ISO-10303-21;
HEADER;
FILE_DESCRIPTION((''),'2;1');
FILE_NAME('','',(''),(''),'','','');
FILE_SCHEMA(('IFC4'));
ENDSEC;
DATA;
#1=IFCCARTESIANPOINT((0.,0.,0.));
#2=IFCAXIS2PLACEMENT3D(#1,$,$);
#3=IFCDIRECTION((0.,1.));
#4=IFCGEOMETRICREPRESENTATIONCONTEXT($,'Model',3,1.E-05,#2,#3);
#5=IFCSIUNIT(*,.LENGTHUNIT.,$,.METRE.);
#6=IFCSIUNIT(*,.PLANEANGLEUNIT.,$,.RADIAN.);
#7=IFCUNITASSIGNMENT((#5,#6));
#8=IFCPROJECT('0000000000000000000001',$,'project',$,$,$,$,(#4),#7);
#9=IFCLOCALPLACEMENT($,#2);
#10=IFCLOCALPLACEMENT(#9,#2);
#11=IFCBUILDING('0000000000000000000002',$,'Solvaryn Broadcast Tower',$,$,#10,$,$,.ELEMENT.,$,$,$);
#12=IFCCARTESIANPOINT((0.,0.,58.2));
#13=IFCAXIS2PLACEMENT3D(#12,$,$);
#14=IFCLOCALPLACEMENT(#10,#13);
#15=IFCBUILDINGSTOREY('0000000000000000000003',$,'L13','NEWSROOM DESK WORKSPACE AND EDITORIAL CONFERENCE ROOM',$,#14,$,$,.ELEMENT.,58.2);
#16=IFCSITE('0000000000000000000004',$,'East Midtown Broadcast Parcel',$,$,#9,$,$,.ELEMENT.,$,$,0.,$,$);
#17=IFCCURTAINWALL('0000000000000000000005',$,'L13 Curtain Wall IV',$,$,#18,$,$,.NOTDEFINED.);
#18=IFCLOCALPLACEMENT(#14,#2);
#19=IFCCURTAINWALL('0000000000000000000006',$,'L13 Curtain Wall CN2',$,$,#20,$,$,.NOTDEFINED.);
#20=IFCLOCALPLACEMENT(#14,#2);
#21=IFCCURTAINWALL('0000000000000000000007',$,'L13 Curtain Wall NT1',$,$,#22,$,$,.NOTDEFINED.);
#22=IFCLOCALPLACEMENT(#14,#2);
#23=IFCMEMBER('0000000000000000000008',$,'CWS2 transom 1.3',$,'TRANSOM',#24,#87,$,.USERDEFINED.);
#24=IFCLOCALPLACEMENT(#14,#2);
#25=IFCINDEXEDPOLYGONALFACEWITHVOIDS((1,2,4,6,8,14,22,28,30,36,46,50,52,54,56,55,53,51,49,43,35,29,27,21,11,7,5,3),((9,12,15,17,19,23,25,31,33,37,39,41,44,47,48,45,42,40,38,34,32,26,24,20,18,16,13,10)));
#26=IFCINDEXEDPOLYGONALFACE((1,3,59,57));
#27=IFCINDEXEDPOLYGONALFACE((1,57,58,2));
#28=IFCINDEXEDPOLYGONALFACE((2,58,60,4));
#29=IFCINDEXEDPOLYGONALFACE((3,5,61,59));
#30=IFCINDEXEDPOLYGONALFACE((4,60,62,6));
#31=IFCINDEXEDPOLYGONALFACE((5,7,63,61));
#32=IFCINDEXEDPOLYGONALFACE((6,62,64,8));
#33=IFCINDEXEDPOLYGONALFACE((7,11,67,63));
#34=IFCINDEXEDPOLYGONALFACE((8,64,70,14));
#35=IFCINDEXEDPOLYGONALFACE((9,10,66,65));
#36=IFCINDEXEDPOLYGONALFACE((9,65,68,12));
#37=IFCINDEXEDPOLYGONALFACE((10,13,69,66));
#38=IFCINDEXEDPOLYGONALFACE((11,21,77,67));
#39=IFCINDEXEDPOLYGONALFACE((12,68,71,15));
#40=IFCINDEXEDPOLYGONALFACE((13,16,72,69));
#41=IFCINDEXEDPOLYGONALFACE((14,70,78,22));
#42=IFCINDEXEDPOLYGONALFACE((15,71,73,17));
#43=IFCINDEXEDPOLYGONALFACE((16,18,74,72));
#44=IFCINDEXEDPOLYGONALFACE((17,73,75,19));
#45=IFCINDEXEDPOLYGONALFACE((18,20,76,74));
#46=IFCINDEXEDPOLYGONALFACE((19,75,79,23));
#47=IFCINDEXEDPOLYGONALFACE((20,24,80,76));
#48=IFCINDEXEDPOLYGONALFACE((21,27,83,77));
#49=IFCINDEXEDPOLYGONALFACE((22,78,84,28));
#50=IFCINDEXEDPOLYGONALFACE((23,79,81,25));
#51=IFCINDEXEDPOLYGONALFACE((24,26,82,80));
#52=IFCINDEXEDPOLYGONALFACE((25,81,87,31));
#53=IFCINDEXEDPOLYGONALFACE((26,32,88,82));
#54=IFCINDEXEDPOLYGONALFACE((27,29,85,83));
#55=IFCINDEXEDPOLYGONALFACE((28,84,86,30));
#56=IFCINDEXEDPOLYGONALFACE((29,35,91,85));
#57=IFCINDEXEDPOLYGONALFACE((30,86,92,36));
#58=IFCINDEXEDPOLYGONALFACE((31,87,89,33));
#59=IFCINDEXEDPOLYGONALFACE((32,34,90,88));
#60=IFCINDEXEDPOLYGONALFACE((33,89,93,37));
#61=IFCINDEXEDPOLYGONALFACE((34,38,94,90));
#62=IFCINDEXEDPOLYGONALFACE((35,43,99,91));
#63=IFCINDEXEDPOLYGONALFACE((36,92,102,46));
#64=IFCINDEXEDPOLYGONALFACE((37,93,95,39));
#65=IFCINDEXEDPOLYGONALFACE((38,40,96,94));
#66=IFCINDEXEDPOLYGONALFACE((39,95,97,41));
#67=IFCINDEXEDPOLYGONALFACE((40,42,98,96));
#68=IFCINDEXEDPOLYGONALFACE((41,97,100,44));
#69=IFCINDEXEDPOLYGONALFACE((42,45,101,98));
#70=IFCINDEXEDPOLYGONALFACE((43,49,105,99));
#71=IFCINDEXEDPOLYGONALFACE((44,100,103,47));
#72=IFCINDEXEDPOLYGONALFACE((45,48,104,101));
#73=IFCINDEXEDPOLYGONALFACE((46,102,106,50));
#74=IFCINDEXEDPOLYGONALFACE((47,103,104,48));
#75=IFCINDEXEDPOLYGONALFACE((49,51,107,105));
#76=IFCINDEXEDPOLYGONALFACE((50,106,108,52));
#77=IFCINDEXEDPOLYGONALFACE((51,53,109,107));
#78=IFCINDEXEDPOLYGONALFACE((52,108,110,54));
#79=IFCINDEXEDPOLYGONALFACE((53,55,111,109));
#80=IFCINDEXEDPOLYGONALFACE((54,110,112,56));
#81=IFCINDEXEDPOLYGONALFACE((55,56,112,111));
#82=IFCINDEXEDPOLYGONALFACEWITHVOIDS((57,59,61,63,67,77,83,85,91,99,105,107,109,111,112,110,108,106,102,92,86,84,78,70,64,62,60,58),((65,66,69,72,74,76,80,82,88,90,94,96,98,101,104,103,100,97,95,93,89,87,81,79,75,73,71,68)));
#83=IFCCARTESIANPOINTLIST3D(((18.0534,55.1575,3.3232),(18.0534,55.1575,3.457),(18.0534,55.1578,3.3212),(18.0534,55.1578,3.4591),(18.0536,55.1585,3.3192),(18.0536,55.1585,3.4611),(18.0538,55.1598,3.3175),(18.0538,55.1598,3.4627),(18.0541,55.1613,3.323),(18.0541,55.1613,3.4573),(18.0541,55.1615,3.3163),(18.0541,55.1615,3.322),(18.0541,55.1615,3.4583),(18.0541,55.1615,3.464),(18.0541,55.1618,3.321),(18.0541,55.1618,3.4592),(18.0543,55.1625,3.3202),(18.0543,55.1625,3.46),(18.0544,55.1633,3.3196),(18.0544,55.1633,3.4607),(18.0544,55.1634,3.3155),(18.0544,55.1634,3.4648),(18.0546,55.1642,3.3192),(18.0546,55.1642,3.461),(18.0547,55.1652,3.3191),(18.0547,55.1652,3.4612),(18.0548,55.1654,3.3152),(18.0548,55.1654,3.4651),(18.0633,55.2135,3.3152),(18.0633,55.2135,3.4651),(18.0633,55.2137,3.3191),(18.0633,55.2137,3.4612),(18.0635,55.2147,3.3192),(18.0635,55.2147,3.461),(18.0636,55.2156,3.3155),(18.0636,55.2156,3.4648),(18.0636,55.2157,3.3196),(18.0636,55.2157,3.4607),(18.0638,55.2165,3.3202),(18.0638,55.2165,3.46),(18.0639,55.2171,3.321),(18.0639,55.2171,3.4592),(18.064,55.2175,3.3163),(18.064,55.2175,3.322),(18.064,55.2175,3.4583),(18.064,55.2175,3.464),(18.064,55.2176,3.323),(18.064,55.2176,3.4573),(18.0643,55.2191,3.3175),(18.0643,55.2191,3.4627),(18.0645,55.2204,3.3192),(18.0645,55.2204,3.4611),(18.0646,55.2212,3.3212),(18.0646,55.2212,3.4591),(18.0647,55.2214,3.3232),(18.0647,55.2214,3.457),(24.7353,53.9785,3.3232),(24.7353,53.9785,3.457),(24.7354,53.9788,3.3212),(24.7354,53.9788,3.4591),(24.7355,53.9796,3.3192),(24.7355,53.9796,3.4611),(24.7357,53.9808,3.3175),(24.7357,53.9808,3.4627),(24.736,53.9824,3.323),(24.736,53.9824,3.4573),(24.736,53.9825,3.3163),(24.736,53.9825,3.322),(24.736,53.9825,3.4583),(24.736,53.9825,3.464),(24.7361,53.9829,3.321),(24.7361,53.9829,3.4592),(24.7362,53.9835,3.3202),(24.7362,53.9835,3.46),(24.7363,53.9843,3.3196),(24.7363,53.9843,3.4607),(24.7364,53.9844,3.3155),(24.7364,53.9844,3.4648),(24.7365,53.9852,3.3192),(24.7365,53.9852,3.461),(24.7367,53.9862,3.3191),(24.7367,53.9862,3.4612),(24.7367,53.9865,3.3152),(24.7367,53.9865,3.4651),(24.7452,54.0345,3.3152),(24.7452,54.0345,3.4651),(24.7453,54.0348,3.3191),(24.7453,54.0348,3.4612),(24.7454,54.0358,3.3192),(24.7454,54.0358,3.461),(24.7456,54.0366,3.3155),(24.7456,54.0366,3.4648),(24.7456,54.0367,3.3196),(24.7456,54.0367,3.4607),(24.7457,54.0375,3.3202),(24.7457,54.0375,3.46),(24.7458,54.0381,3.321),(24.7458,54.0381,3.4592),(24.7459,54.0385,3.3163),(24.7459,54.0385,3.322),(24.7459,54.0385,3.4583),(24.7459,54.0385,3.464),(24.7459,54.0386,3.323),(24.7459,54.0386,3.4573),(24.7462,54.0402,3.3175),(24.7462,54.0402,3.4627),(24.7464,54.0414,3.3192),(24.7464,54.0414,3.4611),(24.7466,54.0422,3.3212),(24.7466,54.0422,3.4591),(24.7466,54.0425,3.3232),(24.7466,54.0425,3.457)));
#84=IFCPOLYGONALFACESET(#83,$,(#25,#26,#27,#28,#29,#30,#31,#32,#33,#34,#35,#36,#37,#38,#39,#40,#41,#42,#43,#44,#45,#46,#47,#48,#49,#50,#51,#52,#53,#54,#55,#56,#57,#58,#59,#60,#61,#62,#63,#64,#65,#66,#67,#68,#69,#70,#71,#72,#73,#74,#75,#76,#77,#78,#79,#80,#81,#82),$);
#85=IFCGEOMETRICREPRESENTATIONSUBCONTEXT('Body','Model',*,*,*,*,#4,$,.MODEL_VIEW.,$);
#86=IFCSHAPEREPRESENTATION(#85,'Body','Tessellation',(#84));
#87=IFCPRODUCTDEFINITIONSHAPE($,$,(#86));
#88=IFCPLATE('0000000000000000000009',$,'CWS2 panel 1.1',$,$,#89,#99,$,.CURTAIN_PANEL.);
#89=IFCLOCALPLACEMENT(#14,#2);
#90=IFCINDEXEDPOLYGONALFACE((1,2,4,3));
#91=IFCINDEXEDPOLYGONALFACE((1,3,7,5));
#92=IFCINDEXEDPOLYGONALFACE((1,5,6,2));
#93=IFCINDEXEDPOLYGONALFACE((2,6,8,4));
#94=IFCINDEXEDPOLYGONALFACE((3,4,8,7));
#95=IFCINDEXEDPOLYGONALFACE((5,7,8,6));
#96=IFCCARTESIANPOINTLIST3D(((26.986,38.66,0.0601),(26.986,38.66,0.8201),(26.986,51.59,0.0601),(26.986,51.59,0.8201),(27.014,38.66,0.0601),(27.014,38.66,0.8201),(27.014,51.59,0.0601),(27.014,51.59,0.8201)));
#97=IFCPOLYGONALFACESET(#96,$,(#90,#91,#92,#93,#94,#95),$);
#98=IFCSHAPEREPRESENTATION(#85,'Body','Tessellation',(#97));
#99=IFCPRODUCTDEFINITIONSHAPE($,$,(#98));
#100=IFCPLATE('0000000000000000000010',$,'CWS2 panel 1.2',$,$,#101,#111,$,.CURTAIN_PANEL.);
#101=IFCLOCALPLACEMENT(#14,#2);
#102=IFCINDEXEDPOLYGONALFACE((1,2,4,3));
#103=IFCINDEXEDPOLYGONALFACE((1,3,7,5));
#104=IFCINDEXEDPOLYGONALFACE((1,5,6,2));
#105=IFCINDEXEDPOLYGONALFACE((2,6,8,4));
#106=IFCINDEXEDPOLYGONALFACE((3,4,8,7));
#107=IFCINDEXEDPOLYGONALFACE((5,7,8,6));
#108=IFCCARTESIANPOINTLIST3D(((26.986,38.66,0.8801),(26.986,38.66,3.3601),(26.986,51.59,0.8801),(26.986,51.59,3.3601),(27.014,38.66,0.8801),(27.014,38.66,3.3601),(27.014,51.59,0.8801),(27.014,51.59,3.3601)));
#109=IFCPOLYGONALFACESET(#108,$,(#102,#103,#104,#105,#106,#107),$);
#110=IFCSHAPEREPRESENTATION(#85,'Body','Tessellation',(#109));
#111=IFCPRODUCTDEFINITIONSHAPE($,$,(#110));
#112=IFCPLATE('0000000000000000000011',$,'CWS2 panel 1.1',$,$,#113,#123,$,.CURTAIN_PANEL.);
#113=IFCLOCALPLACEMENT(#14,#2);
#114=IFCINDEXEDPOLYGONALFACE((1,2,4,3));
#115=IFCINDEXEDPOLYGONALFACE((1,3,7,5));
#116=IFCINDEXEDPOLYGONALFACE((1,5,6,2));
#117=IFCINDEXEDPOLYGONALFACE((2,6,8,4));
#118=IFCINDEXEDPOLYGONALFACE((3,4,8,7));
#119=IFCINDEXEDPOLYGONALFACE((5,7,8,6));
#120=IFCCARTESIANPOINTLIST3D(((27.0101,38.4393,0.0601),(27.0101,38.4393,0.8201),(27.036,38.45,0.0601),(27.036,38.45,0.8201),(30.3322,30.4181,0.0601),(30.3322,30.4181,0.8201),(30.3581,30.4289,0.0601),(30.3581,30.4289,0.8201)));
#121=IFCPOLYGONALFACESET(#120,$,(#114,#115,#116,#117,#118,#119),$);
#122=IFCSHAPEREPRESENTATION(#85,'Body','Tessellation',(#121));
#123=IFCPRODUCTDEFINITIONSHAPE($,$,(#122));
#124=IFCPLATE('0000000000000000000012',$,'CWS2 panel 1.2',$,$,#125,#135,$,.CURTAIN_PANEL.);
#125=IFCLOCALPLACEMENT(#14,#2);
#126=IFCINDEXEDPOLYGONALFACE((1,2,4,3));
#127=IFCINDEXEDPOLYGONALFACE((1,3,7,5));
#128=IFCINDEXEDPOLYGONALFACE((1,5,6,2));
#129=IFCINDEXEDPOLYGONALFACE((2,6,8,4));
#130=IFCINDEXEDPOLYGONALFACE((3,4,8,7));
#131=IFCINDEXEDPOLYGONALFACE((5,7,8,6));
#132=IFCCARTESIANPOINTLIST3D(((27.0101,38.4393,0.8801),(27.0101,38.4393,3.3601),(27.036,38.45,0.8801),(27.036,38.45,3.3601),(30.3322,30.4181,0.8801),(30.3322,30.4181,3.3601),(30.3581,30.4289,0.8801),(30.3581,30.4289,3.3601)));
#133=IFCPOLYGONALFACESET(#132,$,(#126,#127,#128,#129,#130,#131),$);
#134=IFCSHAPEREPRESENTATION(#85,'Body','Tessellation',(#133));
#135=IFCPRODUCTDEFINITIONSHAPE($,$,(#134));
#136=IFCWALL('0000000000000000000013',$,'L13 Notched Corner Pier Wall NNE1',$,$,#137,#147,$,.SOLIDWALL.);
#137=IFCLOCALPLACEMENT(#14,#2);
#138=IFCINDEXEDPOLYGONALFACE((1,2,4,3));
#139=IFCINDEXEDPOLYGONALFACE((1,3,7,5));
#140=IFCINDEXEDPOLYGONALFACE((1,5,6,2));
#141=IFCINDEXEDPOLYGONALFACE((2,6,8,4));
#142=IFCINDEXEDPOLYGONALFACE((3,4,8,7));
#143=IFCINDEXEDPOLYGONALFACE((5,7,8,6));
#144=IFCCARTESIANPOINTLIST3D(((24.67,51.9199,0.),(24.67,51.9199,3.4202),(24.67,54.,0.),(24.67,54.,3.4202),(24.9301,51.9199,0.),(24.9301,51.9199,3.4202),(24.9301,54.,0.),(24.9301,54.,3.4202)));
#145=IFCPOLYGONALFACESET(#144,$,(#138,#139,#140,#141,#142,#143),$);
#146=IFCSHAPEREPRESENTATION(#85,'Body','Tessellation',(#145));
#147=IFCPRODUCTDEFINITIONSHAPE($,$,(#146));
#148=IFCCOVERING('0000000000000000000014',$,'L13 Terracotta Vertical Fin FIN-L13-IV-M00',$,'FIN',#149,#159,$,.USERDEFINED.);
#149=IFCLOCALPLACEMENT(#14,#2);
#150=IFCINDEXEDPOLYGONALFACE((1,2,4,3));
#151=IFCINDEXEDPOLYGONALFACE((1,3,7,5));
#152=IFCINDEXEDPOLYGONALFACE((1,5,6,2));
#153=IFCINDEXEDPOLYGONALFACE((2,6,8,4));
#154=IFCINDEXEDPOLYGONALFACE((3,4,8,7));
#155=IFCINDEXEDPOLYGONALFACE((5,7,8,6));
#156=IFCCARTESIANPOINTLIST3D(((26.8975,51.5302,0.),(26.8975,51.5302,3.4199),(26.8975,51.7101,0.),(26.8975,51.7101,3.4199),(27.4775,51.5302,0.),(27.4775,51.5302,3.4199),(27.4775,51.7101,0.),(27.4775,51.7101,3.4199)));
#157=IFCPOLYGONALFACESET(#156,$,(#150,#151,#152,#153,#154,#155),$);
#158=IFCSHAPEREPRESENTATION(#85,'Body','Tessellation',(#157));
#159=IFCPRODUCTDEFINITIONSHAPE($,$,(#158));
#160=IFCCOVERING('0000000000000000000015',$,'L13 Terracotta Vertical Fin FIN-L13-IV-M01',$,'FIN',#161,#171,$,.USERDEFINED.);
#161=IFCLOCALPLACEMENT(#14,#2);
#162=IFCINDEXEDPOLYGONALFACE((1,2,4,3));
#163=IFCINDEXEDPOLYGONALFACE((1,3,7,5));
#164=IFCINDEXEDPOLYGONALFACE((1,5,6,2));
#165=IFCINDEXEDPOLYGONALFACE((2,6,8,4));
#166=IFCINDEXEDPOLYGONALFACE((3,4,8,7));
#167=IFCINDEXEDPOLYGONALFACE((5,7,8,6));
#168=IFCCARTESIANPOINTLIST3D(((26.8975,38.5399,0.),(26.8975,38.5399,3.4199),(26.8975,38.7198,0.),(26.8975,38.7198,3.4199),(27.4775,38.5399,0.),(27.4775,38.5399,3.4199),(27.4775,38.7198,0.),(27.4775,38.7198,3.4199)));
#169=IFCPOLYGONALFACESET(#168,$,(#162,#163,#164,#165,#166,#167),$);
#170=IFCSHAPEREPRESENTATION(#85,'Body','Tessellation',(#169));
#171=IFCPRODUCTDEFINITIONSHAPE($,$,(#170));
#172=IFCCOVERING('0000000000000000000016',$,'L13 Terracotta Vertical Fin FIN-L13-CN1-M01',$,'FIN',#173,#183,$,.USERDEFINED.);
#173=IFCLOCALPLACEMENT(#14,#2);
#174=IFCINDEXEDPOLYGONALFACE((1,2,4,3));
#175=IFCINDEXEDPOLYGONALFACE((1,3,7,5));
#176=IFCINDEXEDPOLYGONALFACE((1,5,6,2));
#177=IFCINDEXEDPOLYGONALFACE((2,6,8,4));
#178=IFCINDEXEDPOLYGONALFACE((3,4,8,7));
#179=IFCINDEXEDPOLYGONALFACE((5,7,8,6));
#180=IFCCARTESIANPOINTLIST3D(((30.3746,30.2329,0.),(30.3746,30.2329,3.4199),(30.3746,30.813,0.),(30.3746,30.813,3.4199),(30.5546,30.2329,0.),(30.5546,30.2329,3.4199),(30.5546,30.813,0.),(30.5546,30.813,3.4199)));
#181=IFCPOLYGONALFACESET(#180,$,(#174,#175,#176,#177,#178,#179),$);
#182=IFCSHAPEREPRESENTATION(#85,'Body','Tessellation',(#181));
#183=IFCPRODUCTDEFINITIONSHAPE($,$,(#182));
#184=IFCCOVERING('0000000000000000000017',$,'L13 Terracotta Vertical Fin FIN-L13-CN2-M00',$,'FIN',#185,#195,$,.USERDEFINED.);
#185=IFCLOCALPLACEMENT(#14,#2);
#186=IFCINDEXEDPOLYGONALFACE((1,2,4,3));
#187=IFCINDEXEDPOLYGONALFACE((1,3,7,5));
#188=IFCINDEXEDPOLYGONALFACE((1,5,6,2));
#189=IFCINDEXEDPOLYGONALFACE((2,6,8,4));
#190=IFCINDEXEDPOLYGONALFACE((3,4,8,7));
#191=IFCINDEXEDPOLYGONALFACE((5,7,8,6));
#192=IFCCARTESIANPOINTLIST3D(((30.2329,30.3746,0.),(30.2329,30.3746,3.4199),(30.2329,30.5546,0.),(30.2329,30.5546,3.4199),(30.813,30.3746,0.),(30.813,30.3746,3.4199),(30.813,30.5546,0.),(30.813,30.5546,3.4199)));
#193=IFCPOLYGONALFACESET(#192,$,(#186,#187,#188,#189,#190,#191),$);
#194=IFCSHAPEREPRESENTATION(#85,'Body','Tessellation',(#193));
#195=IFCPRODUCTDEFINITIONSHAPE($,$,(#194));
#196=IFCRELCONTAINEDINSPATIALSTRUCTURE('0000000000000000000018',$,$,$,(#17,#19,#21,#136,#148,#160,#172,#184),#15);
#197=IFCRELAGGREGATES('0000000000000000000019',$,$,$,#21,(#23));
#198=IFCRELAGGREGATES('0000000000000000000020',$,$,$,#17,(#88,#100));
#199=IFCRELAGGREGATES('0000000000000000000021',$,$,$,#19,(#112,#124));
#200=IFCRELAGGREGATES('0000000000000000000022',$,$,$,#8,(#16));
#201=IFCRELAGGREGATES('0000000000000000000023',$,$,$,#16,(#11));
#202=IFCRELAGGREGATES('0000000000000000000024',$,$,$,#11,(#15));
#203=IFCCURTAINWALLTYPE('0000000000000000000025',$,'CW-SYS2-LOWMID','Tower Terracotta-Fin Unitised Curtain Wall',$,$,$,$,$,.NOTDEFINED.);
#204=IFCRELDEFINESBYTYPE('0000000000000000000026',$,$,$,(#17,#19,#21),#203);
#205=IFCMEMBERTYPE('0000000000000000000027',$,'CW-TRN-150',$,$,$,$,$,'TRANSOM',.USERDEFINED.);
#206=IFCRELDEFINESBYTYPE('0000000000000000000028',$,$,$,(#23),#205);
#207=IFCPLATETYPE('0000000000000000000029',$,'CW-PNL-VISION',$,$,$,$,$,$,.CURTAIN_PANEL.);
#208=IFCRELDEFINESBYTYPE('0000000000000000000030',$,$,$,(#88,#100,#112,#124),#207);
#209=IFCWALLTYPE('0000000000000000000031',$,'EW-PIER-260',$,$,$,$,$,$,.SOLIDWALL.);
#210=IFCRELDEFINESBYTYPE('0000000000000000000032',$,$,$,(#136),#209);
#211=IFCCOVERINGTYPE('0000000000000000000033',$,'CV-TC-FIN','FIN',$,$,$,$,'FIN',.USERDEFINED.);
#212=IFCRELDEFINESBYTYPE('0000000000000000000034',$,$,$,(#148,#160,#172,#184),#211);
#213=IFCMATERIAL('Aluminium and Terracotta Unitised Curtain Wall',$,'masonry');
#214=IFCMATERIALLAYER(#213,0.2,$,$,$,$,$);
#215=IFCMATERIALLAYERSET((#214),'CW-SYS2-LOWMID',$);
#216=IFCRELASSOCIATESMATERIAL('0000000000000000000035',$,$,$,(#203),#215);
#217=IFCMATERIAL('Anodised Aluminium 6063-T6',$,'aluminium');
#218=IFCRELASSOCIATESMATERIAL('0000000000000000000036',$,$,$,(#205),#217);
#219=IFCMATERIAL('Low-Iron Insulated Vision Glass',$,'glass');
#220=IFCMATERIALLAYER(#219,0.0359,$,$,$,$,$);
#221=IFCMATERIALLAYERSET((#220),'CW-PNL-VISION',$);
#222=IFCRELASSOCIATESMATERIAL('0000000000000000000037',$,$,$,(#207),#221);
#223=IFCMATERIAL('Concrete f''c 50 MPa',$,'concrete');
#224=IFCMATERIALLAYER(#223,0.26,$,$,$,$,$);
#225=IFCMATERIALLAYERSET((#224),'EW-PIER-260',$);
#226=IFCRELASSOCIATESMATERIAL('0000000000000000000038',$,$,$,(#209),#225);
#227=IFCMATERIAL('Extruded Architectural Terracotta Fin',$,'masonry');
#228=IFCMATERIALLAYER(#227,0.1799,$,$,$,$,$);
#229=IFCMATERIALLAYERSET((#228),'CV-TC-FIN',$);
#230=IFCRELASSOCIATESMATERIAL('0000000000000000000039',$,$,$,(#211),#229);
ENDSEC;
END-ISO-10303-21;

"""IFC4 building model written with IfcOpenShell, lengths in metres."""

from ifc_helpers import new_model, si_unit, direction, frame, frame_2d, origin, origin_2d, place, context, subcontext, project, spatial, rectangle, hollow_rectangle, extrude, material, layer, layer_set, material_profile, profile_set, type_object, element, aggregate, save


model = new_model("IFC4")

# Units and contexts
model_context = context("Model", 3, precision=1e-05, world=origin(), true_north=direction((0.0, 1.0)))
body_context = subcontext(model_context, "Body", "Model", "MODEL_VIEW")
ifc_project = project(units=[si_unit("LENGTHUNIT", "METRE"), si_unit("PLANEANGLEUNIT", "RADIAN")], contexts=[model_context])

# Site, building, storey
site_placement = place(None, origin())
site = spatial("IfcSite", under=ifc_project, at=site_placement, Name="East Midtown Broadcast Parcel", CompositionType="ELEMENT", RefElevation=0.0)
building_placement = place(site_placement, origin())
building = spatial("IfcBuilding", under=site, at=building_placement, Name="Solvaryn Broadcast Tower", CompositionType="ELEMENT")
storey_placement = place(building_placement, frame((0.0, 0.0, 58.2)))
storey = spatial("IfcBuildingStorey", under=building, at=storey_placement, Name="L13", Description="NEWSROOM DESK WORKSPACE AND EDITORIAL CONFERENCE ROOM", CompositionType="ELEMENT", Elevation=58.2)

# Curtain wall
ifc_material_1 = material(Name="Aluminium and Terracotta Unitised Curtain Wall", Category="masonry")
ifc_layer_1 = layer(ifc_material_1, 0.2)
ifc_layer_set_1 = layer_set([ifc_layer_1], Name="CW-SYS2-LOWMID")
curtain_wall_type = type_object("IfcCurtainWallType", Name="CW-SYS2-LOWMID", Description="Tower Terracotta-Fin Unitised Curtain Wall", PredefinedType="NOTDEFINED", material=ifc_layer_set_1)
curtain_wall_1_placement = place(storey_placement, origin())
curtain_wall_1 = element("IfcCurtainWall", 1, at=curtain_wall_1_placement, inside=storey, type_object=curtain_wall_type, Name="L13 Curtain Wall IV", PredefinedType="NOTDEFINED")

# Curtain walls
curtain_wall_2_placement = place(storey_placement, origin())
curtain_wall_2 = element("IfcCurtainWall", 2, at=curtain_wall_2_placement, inside=storey, type_object=curtain_wall_type, Name="L13 Curtain Wall CN2", PredefinedType="NOTDEFINED")
curtain_wall_3_placement = place(storey_placement, origin())
curtain_wall_3 = element("IfcCurtainWall", 3, at=curtain_wall_3_placement, inside=storey, type_object=curtain_wall_type, Name="L13 Curtain Wall NT1", PredefinedType="NOTDEFINED")

# Member
ifc_material_2 = material(Name="Anodised Aluminium 6063-T6", Category="aluminium")
ifc_material_profile_1 = material_profile(ifc_material_2, hollow_rectangle(XDim=0.0649, YDim=0.1499, WallThickness=0.0039, InnerFilletRadius=0.0039, OuterFilletRadius=0.0081, at=origin_2d()))
ifc_profile_set_1 = profile_set([ifc_material_profile_1], Name="Anodised Aluminium 6063-T6")
member_type_1 = type_object("IfcMemberType", Name="CW-TRN-150", ElementType="TRANSOM", PredefinedType="USERDEFINED", material=ifc_profile_set_1)
member_1_placement = place(storey_placement, frame((24.741, 54.0105, 3.3901), z_axis=(-0.984789, 0.173757, 0.0), x_axis=(-0.173757, -0.984789, 0.0)))
member_1 = element("IfcMember", 4, at=member_1_placement, type_object=member_type_1, Name="CWS2 transom 1.3", ObjectType="TRANSOM", PredefinedType="USERDEFINED", context=body_context, shape_type="SweptSolid", body=[
    extrude(hollow_rectangle(XDim=0.0649, YDim=0.1499, WallThickness=0.0039, InnerFilletRadius=0.0039, OuterFilletRadius=0.0081, at=origin_2d()), origin(), (0.0, 0.0, 1.0), 6.7852),
])
aggregate(curtain_wall_3, [member_1])

# Plates
ifc_material_3 = material(Name="Low-Iron Insulated Vision Glass", Category="glass")
ifc_layer_2 = layer(ifc_material_3, 0.0359)
ifc_layer_set_2 = layer_set([ifc_layer_2], Name="CW-PNL-VISION")
plate_type = type_object("IfcPlateType", Name="CW-PNL-VISION", PredefinedType="CURTAIN_PANEL", material=ifc_layer_set_2)
plate_1_placement = place(storey_placement, frame((27.0, 45.125, 0.0601), z_axis=(0.0, 0.0, 1.0), x_axis=(0.0, -1.0, 0.0)))
plate_1 = element("IfcPlate", 5, at=plate_1_placement, type_object=plate_type, Name="CWS2 panel 1.1", PredefinedType="CURTAIN_PANEL", context=body_context, shape_type="SweptSolid", body=[
    extrude(rectangle(XDim=12.9299, YDim=0.0281, at=origin_2d()), origin(), (0.0, 0.0, 1.0), 0.76),
])
plate_2_placement = place(storey_placement, frame((27.0, 45.125, 0.8801), z_axis=(0.0, 0.0, 1.0), x_axis=(0.0, -1.0, 0.0)))
plate_2 = element("IfcPlate", 6, at=plate_2_placement, type_object=plate_type, Name="CWS2 panel 1.2", PredefinedType="CURTAIN_PANEL", context=body_context, shape_type="SweptSolid", body=[
    extrude(rectangle(XDim=12.9299, YDim=0.0281, at=origin_2d()), origin(), (0.0, 0.0, 1.0), 2.48),
])
aggregate(curtain_wall_1, [plate_1, plate_2])
plate_3_placement = place(storey_placement, frame((28.6841, 34.4341, 0.0601), z_axis=(0.0, 0.0, 1.0), x_axis=(-0.382646, 0.923895, 0.0)))
plate_3 = element("IfcPlate", 7, at=plate_3_placement, type_object=plate_type, Name="CWS2 panel 1.1", PredefinedType="CURTAIN_PANEL", context=body_context, shape_type="SweptSolid", body=[
    extrude(rectangle(XDim=8.6819, YDim=0.0281, at=origin_2d()), origin(), (0.0, 0.0, 1.0), 0.76),
])
plate_4_placement = place(storey_placement, frame((28.6841, 34.4341, 0.8801), z_axis=(0.0, 0.0, 1.0), x_axis=(-0.382646, 0.923895, 0.0)))
plate_4 = element("IfcPlate", 8, at=plate_4_placement, type_object=plate_type, Name="CWS2 panel 1.2", PredefinedType="CURTAIN_PANEL", context=body_context, shape_type="SweptSolid", body=[
    extrude(rectangle(XDim=8.6819, YDim=0.0281, at=origin_2d()), origin(), (0.0, 0.0, 1.0), 2.48),
])
aggregate(curtain_wall_2, [plate_3, plate_4])

# Wall
ifc_material_4 = material(Name="Concrete f'c 50 MPa", Category="concrete")
ifc_layer_3 = layer(ifc_material_4, 0.26)
ifc_layer_set_3 = layer_set([ifc_layer_3], Name="EW-PIER-260")
wall_type_1 = type_object("IfcWallType", Name="EW-PIER-260", PredefinedType="SOLIDWALL", material=ifc_layer_set_3)
wall_1_placement = place(storey_placement, frame((24.8, 54.0, 0.0), z_axis=(0.0, 0.0, 1.0), x_axis=(0.0, -1.0, 0.0)))
element("IfcWall", 9, at=wall_1_placement, inside=storey, type_object=wall_type_1, Name="L13 Notched Corner Pier Wall NNE1", PredefinedType="SOLIDWALL", context=body_context, shape_type="SweptSolid", body=[
    extrude(rectangle(XDim=2.0801, YDim=0.26, at=frame_2d((1.04, 0.0))), origin(), (0.0, 0.0, 1.0), 3.4202),
])

# Coverings
ifc_material_5 = material(Name="Extruded Architectural Terracotta Fin", Category="masonry")
ifc_layer_4 = layer(ifc_material_5, 0.1799)
ifc_layer_set_4 = layer_set([ifc_layer_4], Name="CV-TC-FIN")
covering_type = type_object("IfcCoveringType", Name="CV-TC-FIN", Description="FIN", ElementType="FIN", PredefinedType="USERDEFINED", material=ifc_layer_set_4)
for number, where, z_axis, x_axis, name in (
    (10, (27.1875, 51.6201, 0.0), (0.0, 0.0, 1.0), (1.0, 0.0, 0.0), "L13 Terracotta Vertical Fin FIN-L13-IV-M00"),
    (11, (27.1875, 38.6299, 0.0), (0.0, 0.0, 1.0), (1.0, 0.0, 0.0), "L13 Terracotta Vertical Fin FIN-L13-IV-M01"),
):
    element("IfcCovering", number, at=place(storey_placement, frame(where, z_axis=z_axis, x_axis=x_axis)), inside=storey, type_object=covering_type, Name=name, ObjectType="FIN", PredefinedType="USERDEFINED", context=body_context, shape_type="SweptSolid", body=[
        extrude(rectangle(XDim=0.5801, YDim=0.1799, at=origin_2d()), origin(), (0.0, 0.0, 1.0), 3.4199),
    ])
covering_1_placement = place(storey_placement, frame((30.4646, 30.5229, 0.0), z_axis=(0.0, 0.0, 1.0), x_axis=(1.0, 0.0, 0.0)))
element("IfcCovering", 12, at=covering_1_placement, inside=storey, type_object=covering_type, Name="L13 Terracotta Vertical Fin FIN-L13-CN1-M01", ObjectType="FIN", PredefinedType="USERDEFINED", context=body_context, shape_type="SweptSolid", body=[
    extrude(rectangle(XDim=0.1799, YDim=0.5801, at=origin_2d()), origin(), (0.0, 0.0, 1.0), 3.4199),
])
for number, where, z_axis, x_axis, name in (
    (13, (30.5229, 30.4646, 0.0), (0.0, 0.0, 1.0), (1.0, 0.0, 0.0), "L13 Terracotta Vertical Fin FIN-L13-CN2-M00"),
):
    element("IfcCovering", number, at=place(storey_placement, frame(where, z_axis=z_axis, x_axis=x_axis)), inside=storey, type_object=covering_type, Name=name, ObjectType="FIN", PredefinedType="USERDEFINED", context=body_context, shape_type="SweptSolid", body=[
        extrude(rectangle(XDim=0.5801, YDim=0.1799, at=origin_2d()), origin(), (0.0, 0.0, 1.0), 3.4199),
    ])

save(model, "model.ifc")
